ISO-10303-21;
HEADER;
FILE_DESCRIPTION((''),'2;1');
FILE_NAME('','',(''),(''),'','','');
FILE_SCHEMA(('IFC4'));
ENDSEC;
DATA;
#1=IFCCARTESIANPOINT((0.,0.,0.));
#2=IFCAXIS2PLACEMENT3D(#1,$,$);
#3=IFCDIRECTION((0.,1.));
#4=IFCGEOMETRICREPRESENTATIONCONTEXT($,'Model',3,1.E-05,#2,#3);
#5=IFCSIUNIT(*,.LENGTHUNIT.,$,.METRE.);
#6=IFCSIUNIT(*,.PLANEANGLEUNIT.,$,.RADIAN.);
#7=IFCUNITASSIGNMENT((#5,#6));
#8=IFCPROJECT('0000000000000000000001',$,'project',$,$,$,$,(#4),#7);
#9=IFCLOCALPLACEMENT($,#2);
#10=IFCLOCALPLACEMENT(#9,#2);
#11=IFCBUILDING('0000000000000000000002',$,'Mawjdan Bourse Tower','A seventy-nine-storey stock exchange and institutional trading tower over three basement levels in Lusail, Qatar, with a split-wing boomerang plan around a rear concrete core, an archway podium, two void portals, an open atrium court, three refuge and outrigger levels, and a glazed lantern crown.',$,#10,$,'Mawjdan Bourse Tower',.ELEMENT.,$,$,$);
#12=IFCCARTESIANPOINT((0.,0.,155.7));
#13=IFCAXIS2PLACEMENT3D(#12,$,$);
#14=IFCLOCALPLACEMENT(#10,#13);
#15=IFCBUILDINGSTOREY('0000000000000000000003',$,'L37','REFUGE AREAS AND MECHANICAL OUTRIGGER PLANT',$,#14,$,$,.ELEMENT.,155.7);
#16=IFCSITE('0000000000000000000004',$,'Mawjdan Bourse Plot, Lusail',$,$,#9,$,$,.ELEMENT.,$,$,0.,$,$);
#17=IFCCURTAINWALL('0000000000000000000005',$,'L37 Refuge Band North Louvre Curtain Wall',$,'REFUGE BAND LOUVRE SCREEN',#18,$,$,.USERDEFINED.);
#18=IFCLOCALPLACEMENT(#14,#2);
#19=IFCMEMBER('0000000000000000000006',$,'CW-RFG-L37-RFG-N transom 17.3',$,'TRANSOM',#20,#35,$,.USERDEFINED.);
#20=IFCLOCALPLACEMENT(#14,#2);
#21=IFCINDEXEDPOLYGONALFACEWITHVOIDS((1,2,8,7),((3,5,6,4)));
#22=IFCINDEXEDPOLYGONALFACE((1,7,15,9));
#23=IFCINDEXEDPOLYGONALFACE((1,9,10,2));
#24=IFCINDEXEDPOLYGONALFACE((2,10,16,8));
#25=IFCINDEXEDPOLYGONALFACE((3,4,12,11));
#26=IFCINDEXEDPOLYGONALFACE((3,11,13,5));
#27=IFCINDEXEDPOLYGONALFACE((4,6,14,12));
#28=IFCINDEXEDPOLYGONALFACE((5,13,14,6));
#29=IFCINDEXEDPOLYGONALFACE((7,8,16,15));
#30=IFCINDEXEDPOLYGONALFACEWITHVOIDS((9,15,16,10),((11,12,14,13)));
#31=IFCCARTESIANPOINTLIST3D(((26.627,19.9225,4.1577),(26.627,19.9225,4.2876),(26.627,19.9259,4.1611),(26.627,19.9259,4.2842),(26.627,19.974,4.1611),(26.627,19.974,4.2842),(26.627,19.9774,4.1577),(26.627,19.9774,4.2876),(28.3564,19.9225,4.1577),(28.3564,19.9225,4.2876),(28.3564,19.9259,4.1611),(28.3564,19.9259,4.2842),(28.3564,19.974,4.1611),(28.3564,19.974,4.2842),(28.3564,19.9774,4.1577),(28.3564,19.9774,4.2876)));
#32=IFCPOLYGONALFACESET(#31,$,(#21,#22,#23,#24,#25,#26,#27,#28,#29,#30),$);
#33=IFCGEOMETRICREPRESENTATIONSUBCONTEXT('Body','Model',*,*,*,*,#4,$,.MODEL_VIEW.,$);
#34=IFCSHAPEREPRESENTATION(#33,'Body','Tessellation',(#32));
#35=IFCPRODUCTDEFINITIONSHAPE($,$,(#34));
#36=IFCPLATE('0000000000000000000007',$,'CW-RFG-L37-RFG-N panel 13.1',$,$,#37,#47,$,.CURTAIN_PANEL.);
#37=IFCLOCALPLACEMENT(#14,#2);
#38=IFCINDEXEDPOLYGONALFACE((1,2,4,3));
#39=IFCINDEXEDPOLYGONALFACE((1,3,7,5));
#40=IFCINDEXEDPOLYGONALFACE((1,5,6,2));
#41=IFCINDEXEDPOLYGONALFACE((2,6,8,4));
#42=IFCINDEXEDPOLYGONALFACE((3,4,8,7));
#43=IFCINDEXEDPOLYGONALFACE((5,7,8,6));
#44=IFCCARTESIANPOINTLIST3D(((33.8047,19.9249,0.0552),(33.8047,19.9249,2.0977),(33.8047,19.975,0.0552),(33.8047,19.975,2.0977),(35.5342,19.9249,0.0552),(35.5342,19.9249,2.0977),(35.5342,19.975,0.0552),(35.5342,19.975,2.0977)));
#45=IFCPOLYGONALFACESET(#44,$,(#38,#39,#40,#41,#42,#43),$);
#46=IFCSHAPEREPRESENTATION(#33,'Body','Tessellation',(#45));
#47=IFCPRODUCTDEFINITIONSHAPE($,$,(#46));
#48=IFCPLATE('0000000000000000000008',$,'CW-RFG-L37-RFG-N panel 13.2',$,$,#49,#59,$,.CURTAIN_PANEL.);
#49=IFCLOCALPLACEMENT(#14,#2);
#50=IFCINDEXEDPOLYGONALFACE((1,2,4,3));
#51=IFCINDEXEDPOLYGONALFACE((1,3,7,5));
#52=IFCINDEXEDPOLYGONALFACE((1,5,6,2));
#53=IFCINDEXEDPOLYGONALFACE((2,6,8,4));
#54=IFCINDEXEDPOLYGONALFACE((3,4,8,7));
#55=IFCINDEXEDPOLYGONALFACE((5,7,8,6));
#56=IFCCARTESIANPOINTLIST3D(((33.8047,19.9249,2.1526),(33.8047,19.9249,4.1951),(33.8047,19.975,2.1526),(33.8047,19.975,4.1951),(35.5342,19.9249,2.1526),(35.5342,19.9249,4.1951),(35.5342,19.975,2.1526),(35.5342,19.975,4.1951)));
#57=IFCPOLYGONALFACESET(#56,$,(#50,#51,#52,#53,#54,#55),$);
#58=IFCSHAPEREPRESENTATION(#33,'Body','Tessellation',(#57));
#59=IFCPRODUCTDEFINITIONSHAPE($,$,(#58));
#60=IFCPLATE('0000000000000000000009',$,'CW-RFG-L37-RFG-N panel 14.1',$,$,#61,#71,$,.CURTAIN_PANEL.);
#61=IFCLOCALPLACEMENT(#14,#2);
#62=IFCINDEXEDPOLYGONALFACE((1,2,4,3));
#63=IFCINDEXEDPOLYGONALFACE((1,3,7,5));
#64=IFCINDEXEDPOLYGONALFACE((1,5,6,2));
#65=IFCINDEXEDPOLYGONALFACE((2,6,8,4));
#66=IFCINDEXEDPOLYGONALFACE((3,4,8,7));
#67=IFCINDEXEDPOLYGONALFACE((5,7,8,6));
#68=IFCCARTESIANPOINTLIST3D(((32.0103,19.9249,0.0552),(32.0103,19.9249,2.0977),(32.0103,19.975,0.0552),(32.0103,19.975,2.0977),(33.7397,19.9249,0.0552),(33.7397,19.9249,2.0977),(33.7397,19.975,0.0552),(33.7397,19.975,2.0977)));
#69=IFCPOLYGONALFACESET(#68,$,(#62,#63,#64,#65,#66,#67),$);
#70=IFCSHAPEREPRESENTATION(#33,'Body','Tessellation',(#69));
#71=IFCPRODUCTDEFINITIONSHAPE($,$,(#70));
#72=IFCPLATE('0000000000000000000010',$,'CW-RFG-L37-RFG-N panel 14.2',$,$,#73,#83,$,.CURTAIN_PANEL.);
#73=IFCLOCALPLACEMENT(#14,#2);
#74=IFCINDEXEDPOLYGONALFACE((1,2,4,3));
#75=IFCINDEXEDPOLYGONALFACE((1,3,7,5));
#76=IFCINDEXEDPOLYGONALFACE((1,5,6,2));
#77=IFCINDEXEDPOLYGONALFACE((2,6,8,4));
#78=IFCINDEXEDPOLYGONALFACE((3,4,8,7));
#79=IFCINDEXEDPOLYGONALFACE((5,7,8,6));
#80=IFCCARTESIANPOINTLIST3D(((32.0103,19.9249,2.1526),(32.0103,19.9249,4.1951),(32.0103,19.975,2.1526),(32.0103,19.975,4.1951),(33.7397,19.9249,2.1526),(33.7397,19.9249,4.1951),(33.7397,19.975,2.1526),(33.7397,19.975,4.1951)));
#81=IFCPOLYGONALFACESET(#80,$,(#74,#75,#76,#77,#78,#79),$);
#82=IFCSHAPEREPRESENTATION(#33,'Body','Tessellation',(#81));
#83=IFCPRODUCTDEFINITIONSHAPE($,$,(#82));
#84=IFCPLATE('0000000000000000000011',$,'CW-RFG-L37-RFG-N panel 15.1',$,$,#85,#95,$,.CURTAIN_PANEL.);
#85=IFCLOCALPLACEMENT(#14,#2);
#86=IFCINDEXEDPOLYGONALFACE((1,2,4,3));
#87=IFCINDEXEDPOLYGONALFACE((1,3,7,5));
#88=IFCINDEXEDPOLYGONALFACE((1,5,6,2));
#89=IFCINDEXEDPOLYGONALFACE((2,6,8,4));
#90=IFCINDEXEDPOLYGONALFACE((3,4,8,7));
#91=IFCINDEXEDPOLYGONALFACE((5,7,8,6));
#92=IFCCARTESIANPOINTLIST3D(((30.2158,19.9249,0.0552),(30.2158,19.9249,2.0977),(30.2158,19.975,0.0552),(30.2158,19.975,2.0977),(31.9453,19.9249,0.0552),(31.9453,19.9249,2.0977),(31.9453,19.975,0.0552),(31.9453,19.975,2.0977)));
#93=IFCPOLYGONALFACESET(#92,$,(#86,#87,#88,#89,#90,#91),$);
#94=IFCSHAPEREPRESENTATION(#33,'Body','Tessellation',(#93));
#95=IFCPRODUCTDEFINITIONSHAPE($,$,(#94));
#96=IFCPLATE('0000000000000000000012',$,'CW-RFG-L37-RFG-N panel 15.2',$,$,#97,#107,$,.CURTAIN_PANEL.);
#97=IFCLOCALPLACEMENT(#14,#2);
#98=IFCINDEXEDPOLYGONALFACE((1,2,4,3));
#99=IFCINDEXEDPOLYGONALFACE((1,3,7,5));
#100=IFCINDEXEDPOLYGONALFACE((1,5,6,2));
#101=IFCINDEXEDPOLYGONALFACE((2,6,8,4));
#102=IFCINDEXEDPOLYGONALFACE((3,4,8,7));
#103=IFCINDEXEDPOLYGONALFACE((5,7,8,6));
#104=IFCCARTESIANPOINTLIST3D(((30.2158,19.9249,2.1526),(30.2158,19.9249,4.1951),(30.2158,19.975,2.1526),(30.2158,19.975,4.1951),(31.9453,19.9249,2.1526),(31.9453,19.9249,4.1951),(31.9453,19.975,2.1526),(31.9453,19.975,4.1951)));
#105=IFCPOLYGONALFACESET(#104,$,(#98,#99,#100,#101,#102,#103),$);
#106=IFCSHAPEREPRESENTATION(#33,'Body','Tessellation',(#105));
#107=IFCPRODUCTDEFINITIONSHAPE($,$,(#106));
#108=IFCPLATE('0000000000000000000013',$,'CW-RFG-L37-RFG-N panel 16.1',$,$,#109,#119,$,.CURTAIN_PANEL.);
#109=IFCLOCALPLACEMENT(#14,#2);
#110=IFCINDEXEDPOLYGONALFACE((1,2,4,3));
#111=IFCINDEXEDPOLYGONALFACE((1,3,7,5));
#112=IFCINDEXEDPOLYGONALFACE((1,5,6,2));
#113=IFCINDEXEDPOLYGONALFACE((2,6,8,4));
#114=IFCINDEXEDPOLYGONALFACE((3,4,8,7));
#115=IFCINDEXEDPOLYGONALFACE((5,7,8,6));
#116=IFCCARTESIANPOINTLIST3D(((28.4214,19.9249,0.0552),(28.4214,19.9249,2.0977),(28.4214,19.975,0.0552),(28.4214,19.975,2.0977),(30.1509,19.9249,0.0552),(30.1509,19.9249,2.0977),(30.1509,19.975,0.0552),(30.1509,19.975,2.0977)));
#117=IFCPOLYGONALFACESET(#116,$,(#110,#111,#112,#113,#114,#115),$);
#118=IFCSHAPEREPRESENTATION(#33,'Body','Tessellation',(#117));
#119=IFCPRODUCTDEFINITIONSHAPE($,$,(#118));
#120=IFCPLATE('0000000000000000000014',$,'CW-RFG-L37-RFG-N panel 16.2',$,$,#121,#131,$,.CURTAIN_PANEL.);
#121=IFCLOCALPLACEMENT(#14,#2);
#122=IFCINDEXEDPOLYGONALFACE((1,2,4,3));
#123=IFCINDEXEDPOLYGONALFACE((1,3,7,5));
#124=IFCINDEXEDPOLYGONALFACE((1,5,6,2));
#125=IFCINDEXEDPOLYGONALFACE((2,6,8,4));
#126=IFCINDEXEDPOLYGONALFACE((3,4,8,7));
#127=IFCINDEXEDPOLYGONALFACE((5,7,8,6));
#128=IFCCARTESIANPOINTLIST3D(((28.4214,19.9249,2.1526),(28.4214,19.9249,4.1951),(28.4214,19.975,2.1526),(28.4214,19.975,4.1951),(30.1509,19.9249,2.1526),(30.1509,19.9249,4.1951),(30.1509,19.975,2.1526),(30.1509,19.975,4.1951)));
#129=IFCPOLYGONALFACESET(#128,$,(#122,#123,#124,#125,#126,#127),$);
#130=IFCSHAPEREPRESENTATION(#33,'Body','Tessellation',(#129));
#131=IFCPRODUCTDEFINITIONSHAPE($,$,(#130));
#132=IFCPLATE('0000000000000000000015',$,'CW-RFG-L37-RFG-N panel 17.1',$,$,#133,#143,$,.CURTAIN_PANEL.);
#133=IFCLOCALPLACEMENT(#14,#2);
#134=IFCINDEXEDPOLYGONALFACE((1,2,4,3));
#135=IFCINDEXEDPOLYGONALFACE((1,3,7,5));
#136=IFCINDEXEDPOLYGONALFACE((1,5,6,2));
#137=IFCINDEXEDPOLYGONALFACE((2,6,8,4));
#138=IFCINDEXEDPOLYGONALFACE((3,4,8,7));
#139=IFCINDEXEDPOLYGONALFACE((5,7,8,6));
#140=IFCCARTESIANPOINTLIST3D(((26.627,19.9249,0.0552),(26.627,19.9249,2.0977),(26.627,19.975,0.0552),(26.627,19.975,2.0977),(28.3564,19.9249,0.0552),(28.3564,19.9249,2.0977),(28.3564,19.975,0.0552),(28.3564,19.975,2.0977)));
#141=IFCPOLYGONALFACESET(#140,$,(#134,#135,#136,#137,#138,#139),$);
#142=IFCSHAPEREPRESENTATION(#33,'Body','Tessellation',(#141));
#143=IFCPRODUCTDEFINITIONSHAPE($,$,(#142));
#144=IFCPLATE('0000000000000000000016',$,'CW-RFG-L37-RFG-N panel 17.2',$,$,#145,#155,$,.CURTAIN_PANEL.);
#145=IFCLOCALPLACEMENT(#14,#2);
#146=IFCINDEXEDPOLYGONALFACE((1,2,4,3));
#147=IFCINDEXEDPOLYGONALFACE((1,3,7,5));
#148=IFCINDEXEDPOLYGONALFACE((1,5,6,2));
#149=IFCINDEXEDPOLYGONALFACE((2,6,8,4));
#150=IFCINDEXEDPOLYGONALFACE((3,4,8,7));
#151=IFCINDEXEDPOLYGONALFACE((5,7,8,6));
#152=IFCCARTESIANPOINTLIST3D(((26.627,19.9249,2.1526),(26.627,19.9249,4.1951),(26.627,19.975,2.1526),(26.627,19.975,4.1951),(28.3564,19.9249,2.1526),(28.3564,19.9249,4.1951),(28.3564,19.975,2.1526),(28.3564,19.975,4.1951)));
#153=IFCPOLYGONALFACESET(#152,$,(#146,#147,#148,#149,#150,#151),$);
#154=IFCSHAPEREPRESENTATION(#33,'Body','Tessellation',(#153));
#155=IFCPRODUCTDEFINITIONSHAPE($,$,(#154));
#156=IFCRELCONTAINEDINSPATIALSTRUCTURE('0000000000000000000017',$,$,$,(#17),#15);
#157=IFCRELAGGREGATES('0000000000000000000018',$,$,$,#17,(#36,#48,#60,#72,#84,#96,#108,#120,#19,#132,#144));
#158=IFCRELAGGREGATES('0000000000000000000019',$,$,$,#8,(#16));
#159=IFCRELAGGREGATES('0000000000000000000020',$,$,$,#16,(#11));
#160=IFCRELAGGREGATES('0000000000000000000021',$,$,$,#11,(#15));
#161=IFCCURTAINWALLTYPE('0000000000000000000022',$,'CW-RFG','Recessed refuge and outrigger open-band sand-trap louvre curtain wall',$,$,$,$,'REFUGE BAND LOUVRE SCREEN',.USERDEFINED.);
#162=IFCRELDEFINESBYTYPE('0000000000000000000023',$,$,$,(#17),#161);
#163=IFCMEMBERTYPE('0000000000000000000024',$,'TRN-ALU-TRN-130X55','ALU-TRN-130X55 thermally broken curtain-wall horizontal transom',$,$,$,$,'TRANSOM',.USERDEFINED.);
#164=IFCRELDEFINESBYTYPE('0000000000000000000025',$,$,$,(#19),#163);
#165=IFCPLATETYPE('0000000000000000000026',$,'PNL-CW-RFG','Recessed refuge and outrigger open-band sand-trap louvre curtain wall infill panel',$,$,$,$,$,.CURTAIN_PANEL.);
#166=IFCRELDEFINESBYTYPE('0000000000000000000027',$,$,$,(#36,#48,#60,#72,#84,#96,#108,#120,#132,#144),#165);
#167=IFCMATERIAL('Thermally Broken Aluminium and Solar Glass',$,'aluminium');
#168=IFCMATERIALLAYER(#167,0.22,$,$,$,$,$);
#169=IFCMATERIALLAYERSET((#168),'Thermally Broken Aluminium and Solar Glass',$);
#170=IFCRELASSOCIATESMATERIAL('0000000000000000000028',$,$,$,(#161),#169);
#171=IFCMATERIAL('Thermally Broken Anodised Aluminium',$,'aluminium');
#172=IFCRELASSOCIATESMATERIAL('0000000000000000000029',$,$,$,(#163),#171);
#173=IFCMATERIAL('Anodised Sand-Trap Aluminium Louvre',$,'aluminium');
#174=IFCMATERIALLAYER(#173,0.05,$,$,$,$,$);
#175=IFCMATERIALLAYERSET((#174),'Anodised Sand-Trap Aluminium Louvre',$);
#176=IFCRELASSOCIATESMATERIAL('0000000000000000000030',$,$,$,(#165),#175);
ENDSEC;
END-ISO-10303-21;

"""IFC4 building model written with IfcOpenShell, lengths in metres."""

from ifc_helpers import new_model, si_unit, direction, frame, origin, origin_2d, place, context, subcontext, project, spatial, rectangle, hollow_rectangle, extrude, material, layer, layer_set, material_profile, profile_set, type_object, element, aggregate, save


model = new_model("IFC4")

# Units and contexts
model_context = context("Model", 3, precision=1e-05, world=origin(), true_north=direction((0.0, 1.0)))
body_context = subcontext(model_context, "Body", "Model", "MODEL_VIEW")
ifc_project = project(units=[si_unit("LENGTHUNIT", "METRE"), si_unit("PLANEANGLEUNIT", "RADIAN")], contexts=[model_context])

# Site, building, storey
site_placement = place(None, origin())
site = spatial("IfcSite", under=ifc_project, at=site_placement, Name="Mawjdan Bourse Plot, Lusail", CompositionType="ELEMENT", RefElevation=0.0)
building_placement = place(site_placement, origin())
building = spatial("IfcBuilding", under=site, at=building_placement, Name="Mawjdan Bourse Tower", Description="A seventy-nine-storey stock exchange and institutional trading tower over three basement levels in Lusail, Qatar, with a split-wing boomerang plan around a rear concrete core, an archway podium, two void portals, an open atrium court, three refuge and outrigger levels, and a glazed lantern crown.", LongName="Mawjdan Bourse Tower", CompositionType="ELEMENT")
storey_placement = place(building_placement, frame((0.0, 0.0, 155.7)))
storey = spatial("IfcBuildingStorey", under=building, at=storey_placement, Name="L37", Description="REFUGE AREAS AND MECHANICAL OUTRIGGER PLANT", CompositionType="ELEMENT", Elevation=155.7)

# Curtain wall
ifc_material_1 = material(Name="Thermally Broken Aluminium and Solar Glass", Category="aluminium")
ifc_layer_1 = layer(ifc_material_1, 0.22)
ifc_layer_set_1 = layer_set([ifc_layer_1], Name="Thermally Broken Aluminium and Solar Glass")
curtain_wall_type = type_object("IfcCurtainWallType", Name="CW-RFG", Description="Recessed refuge and outrigger open-band sand-trap louvre curtain wall", ElementType="REFUGE BAND LOUVRE SCREEN", PredefinedType="USERDEFINED", material=ifc_layer_set_1)
curtain_wall_placement = place(storey_placement, origin())
curtain_wall = element("IfcCurtainWall", 1, at=curtain_wall_placement, inside=storey, type_object=curtain_wall_type, Name="L37 Refuge Band North Louvre Curtain Wall", ObjectType="REFUGE BAND LOUVRE SCREEN", PredefinedType="USERDEFINED")
ifc_material_2 = material(Name="Thermally Broken Anodised Aluminium", Category="aluminium")

# Member
ifc_material_profile_1 = material_profile(ifc_material_2, hollow_rectangle(XDim=0.0549, YDim=0.1299, WallThickness=0.0034, at=origin_2d()), Name="ALU-TRN-130X55")
ifc_profile_set_1 = profile_set([ifc_material_profile_1], Name="Thermally Broken Anodised Aluminium")
member_type_1 = type_object("IfcMemberType", Name="TRN-ALU-TRN-130X55", Description="ALU-TRN-130X55 thermally broken curtain-wall horizontal transom", ElementType="TRANSOM", PredefinedType="USERDEFINED", material=ifc_profile_set_1)
member_1_placement = place(storey_placement, frame((28.3564, 19.95, 4.2227), z_axis=(-1.0, 0.0, 0.0), x_axis=(0.0, -1.0, 0.0)))
member_1 = element("IfcMember", 2, at=member_1_placement, type_object=member_type_1, Name="CW-RFG-L37-RFG-N transom 17.3", ObjectType="TRANSOM", PredefinedType="USERDEFINED", context=body_context, shape_type="SweptSolid", body=[
    extrude(hollow_rectangle(XDim=0.0549, YDim=0.1299, WallThickness=0.0034, at=origin_2d()), origin(), (0.0, 0.0, 1.0), 1.7295),
])

# Plates
ifc_material_3 = material(Name="Anodised Sand-Trap Aluminium Louvre", Category="aluminium")
ifc_layer_2 = layer(ifc_material_3, 0.05)
ifc_layer_set_2 = layer_set([ifc_layer_2], Name="Anodised Sand-Trap Aluminium Louvre")
plate_type = type_object("IfcPlateType", Name="PNL-CW-RFG", Description="Recessed refuge and outrigger open-band sand-trap louvre curtain wall infill panel", PredefinedType="CURTAIN_PANEL", material=ifc_layer_set_2)
plate_1_placement = place(storey_placement, frame((34.6694, 19.95, 0.0552), z_axis=(0.0, 0.0, 1.0), x_axis=(-1.0, 0.0, 0.0)))
plate_1 = element("IfcPlate", 3, at=plate_1_placement, type_object=plate_type, Name="CW-RFG-L37-RFG-N panel 13.1", PredefinedType="CURTAIN_PANEL", context=body_context, shape_type="SweptSolid", body=[
    extrude(rectangle(XDim=1.7295, YDim=0.05, at=origin_2d()), origin(), (0.0, 0.0, 1.0), 2.0425),
])
plate_2_placement = place(storey_placement, frame((34.6694, 19.95, 2.1526), z_axis=(0.0, 0.0, 1.0), x_axis=(-1.0, 0.0, 0.0)))
plate_2 = element("IfcPlate", 4, at=plate_2_placement, type_object=plate_type, Name="CW-RFG-L37-RFG-N panel 13.2", PredefinedType="CURTAIN_PANEL", context=body_context, shape_type="SweptSolid", body=[
    extrude(rectangle(XDim=1.7295, YDim=0.05, at=origin_2d()), origin(), (0.0, 0.0, 1.0), 2.0425),
])
plate_3_placement = place(storey_placement, frame((32.875, 19.95, 0.0552), z_axis=(0.0, 0.0, 1.0), x_axis=(-1.0, 0.0, 0.0)))
plate_3 = element("IfcPlate", 5, at=plate_3_placement, type_object=plate_type, Name="CW-RFG-L37-RFG-N panel 14.1", PredefinedType="CURTAIN_PANEL", context=body_context, shape_type="SweptSolid", body=[
    extrude(rectangle(XDim=1.7295, YDim=0.05, at=origin_2d()), origin(), (0.0, 0.0, 1.0), 2.0425),
])
plate_4_placement = place(storey_placement, frame((32.875, 19.95, 2.1526), z_axis=(0.0, 0.0, 1.0), x_axis=(-1.0, 0.0, 0.0)))
plate_4 = element("IfcPlate", 6, at=plate_4_placement, type_object=plate_type, Name="CW-RFG-L37-RFG-N panel 14.2", PredefinedType="CURTAIN_PANEL", context=body_context, shape_type="SweptSolid", body=[
    extrude(rectangle(XDim=1.7295, YDim=0.05, at=origin_2d()), origin(), (0.0, 0.0, 1.0), 2.0425),
])
plate_5_placement = place(storey_placement, frame((31.0806, 19.95, 0.0552), z_axis=(0.0, 0.0, 1.0), x_axis=(-1.0, 0.0, 0.0)))
plate_5 = element("IfcPlate", 7, at=plate_5_placement, type_object=plate_type, Name="CW-RFG-L37-RFG-N panel 15.1", PredefinedType="CURTAIN_PANEL", context=body_context, shape_type="SweptSolid", body=[
    extrude(rectangle(XDim=1.7295, YDim=0.05, at=origin_2d()), origin(), (0.0, 0.0, 1.0), 2.0425),
])
plate_6_placement = place(storey_placement, frame((31.0806, 19.95, 2.1526), z_axis=(0.0, 0.0, 1.0), x_axis=(-1.0, 0.0, 0.0)))
plate_6 = element("IfcPlate", 8, at=plate_6_placement, type_object=plate_type, Name="CW-RFG-L37-RFG-N panel 15.2", PredefinedType="CURTAIN_PANEL", context=body_context, shape_type="SweptSolid", body=[
    extrude(rectangle(XDim=1.7295, YDim=0.05, at=origin_2d()), origin(), (0.0, 0.0, 1.0), 2.0425),
])
plate_7_placement = place(storey_placement, frame((29.2861, 19.95, 0.0552), z_axis=(0.0, 0.0, 1.0), x_axis=(-1.0, 0.0, 0.0)))
plate_7 = element("IfcPlate", 9, at=plate_7_placement, type_object=plate_type, Name="CW-RFG-L37-RFG-N panel 16.1", PredefinedType="CURTAIN_PANEL", context=body_context, shape_type="SweptSolid", body=[
    extrude(rectangle(XDim=1.7295, YDim=0.05, at=origin_2d()), origin(), (0.0, 0.0, 1.0), 2.0425),
])
plate_8_placement = place(storey_placement, frame((29.2861, 19.95, 2.1526), z_axis=(0.0, 0.0, 1.0), x_axis=(-1.0, 0.0, 0.0)))
plate_8 = element("IfcPlate", 10, at=plate_8_placement, type_object=plate_type, Name="CW-RFG-L37-RFG-N panel 16.2", PredefinedType="CURTAIN_PANEL", context=body_context, shape_type="SweptSolid", body=[
    extrude(rectangle(XDim=1.7295, YDim=0.05, at=origin_2d()), origin(), (0.0, 0.0, 1.0), 2.0425),
])
plate_9_placement = place(storey_placement, frame((27.4917, 19.95, 0.0552), z_axis=(0.0, 0.0, 1.0), x_axis=(-1.0, 0.0, 0.0)))
plate_9 = element("IfcPlate", 11, at=plate_9_placement, type_object=plate_type, Name="CW-RFG-L37-RFG-N panel 17.1", PredefinedType="CURTAIN_PANEL", context=body_context, shape_type="SweptSolid", body=[
    extrude(rectangle(XDim=1.7295, YDim=0.05, at=origin_2d()), origin(), (0.0, 0.0, 1.0), 2.0425),
])
plate_10_placement = place(storey_placement, frame((27.4917, 19.95, 2.1526), z_axis=(0.0, 0.0, 1.0), x_axis=(-1.0, 0.0, 0.0)))
plate_10 = element("IfcPlate", 12, at=plate_10_placement, type_object=plate_type, Name="CW-RFG-L37-RFG-N panel 17.2", PredefinedType="CURTAIN_PANEL", context=body_context, shape_type="SweptSolid", body=[
    extrude(rectangle(XDim=1.7295, YDim=0.05, at=origin_2d()), origin(), (0.0, 0.0, 1.0), 2.0425),
])
aggregate(curtain_wall, [plate_1, plate_2, plate_3, plate_4, plate_5, plate_6, plate_7, plate_8, member_1, plate_9, plate_10])

save(model, "model.ifc")
